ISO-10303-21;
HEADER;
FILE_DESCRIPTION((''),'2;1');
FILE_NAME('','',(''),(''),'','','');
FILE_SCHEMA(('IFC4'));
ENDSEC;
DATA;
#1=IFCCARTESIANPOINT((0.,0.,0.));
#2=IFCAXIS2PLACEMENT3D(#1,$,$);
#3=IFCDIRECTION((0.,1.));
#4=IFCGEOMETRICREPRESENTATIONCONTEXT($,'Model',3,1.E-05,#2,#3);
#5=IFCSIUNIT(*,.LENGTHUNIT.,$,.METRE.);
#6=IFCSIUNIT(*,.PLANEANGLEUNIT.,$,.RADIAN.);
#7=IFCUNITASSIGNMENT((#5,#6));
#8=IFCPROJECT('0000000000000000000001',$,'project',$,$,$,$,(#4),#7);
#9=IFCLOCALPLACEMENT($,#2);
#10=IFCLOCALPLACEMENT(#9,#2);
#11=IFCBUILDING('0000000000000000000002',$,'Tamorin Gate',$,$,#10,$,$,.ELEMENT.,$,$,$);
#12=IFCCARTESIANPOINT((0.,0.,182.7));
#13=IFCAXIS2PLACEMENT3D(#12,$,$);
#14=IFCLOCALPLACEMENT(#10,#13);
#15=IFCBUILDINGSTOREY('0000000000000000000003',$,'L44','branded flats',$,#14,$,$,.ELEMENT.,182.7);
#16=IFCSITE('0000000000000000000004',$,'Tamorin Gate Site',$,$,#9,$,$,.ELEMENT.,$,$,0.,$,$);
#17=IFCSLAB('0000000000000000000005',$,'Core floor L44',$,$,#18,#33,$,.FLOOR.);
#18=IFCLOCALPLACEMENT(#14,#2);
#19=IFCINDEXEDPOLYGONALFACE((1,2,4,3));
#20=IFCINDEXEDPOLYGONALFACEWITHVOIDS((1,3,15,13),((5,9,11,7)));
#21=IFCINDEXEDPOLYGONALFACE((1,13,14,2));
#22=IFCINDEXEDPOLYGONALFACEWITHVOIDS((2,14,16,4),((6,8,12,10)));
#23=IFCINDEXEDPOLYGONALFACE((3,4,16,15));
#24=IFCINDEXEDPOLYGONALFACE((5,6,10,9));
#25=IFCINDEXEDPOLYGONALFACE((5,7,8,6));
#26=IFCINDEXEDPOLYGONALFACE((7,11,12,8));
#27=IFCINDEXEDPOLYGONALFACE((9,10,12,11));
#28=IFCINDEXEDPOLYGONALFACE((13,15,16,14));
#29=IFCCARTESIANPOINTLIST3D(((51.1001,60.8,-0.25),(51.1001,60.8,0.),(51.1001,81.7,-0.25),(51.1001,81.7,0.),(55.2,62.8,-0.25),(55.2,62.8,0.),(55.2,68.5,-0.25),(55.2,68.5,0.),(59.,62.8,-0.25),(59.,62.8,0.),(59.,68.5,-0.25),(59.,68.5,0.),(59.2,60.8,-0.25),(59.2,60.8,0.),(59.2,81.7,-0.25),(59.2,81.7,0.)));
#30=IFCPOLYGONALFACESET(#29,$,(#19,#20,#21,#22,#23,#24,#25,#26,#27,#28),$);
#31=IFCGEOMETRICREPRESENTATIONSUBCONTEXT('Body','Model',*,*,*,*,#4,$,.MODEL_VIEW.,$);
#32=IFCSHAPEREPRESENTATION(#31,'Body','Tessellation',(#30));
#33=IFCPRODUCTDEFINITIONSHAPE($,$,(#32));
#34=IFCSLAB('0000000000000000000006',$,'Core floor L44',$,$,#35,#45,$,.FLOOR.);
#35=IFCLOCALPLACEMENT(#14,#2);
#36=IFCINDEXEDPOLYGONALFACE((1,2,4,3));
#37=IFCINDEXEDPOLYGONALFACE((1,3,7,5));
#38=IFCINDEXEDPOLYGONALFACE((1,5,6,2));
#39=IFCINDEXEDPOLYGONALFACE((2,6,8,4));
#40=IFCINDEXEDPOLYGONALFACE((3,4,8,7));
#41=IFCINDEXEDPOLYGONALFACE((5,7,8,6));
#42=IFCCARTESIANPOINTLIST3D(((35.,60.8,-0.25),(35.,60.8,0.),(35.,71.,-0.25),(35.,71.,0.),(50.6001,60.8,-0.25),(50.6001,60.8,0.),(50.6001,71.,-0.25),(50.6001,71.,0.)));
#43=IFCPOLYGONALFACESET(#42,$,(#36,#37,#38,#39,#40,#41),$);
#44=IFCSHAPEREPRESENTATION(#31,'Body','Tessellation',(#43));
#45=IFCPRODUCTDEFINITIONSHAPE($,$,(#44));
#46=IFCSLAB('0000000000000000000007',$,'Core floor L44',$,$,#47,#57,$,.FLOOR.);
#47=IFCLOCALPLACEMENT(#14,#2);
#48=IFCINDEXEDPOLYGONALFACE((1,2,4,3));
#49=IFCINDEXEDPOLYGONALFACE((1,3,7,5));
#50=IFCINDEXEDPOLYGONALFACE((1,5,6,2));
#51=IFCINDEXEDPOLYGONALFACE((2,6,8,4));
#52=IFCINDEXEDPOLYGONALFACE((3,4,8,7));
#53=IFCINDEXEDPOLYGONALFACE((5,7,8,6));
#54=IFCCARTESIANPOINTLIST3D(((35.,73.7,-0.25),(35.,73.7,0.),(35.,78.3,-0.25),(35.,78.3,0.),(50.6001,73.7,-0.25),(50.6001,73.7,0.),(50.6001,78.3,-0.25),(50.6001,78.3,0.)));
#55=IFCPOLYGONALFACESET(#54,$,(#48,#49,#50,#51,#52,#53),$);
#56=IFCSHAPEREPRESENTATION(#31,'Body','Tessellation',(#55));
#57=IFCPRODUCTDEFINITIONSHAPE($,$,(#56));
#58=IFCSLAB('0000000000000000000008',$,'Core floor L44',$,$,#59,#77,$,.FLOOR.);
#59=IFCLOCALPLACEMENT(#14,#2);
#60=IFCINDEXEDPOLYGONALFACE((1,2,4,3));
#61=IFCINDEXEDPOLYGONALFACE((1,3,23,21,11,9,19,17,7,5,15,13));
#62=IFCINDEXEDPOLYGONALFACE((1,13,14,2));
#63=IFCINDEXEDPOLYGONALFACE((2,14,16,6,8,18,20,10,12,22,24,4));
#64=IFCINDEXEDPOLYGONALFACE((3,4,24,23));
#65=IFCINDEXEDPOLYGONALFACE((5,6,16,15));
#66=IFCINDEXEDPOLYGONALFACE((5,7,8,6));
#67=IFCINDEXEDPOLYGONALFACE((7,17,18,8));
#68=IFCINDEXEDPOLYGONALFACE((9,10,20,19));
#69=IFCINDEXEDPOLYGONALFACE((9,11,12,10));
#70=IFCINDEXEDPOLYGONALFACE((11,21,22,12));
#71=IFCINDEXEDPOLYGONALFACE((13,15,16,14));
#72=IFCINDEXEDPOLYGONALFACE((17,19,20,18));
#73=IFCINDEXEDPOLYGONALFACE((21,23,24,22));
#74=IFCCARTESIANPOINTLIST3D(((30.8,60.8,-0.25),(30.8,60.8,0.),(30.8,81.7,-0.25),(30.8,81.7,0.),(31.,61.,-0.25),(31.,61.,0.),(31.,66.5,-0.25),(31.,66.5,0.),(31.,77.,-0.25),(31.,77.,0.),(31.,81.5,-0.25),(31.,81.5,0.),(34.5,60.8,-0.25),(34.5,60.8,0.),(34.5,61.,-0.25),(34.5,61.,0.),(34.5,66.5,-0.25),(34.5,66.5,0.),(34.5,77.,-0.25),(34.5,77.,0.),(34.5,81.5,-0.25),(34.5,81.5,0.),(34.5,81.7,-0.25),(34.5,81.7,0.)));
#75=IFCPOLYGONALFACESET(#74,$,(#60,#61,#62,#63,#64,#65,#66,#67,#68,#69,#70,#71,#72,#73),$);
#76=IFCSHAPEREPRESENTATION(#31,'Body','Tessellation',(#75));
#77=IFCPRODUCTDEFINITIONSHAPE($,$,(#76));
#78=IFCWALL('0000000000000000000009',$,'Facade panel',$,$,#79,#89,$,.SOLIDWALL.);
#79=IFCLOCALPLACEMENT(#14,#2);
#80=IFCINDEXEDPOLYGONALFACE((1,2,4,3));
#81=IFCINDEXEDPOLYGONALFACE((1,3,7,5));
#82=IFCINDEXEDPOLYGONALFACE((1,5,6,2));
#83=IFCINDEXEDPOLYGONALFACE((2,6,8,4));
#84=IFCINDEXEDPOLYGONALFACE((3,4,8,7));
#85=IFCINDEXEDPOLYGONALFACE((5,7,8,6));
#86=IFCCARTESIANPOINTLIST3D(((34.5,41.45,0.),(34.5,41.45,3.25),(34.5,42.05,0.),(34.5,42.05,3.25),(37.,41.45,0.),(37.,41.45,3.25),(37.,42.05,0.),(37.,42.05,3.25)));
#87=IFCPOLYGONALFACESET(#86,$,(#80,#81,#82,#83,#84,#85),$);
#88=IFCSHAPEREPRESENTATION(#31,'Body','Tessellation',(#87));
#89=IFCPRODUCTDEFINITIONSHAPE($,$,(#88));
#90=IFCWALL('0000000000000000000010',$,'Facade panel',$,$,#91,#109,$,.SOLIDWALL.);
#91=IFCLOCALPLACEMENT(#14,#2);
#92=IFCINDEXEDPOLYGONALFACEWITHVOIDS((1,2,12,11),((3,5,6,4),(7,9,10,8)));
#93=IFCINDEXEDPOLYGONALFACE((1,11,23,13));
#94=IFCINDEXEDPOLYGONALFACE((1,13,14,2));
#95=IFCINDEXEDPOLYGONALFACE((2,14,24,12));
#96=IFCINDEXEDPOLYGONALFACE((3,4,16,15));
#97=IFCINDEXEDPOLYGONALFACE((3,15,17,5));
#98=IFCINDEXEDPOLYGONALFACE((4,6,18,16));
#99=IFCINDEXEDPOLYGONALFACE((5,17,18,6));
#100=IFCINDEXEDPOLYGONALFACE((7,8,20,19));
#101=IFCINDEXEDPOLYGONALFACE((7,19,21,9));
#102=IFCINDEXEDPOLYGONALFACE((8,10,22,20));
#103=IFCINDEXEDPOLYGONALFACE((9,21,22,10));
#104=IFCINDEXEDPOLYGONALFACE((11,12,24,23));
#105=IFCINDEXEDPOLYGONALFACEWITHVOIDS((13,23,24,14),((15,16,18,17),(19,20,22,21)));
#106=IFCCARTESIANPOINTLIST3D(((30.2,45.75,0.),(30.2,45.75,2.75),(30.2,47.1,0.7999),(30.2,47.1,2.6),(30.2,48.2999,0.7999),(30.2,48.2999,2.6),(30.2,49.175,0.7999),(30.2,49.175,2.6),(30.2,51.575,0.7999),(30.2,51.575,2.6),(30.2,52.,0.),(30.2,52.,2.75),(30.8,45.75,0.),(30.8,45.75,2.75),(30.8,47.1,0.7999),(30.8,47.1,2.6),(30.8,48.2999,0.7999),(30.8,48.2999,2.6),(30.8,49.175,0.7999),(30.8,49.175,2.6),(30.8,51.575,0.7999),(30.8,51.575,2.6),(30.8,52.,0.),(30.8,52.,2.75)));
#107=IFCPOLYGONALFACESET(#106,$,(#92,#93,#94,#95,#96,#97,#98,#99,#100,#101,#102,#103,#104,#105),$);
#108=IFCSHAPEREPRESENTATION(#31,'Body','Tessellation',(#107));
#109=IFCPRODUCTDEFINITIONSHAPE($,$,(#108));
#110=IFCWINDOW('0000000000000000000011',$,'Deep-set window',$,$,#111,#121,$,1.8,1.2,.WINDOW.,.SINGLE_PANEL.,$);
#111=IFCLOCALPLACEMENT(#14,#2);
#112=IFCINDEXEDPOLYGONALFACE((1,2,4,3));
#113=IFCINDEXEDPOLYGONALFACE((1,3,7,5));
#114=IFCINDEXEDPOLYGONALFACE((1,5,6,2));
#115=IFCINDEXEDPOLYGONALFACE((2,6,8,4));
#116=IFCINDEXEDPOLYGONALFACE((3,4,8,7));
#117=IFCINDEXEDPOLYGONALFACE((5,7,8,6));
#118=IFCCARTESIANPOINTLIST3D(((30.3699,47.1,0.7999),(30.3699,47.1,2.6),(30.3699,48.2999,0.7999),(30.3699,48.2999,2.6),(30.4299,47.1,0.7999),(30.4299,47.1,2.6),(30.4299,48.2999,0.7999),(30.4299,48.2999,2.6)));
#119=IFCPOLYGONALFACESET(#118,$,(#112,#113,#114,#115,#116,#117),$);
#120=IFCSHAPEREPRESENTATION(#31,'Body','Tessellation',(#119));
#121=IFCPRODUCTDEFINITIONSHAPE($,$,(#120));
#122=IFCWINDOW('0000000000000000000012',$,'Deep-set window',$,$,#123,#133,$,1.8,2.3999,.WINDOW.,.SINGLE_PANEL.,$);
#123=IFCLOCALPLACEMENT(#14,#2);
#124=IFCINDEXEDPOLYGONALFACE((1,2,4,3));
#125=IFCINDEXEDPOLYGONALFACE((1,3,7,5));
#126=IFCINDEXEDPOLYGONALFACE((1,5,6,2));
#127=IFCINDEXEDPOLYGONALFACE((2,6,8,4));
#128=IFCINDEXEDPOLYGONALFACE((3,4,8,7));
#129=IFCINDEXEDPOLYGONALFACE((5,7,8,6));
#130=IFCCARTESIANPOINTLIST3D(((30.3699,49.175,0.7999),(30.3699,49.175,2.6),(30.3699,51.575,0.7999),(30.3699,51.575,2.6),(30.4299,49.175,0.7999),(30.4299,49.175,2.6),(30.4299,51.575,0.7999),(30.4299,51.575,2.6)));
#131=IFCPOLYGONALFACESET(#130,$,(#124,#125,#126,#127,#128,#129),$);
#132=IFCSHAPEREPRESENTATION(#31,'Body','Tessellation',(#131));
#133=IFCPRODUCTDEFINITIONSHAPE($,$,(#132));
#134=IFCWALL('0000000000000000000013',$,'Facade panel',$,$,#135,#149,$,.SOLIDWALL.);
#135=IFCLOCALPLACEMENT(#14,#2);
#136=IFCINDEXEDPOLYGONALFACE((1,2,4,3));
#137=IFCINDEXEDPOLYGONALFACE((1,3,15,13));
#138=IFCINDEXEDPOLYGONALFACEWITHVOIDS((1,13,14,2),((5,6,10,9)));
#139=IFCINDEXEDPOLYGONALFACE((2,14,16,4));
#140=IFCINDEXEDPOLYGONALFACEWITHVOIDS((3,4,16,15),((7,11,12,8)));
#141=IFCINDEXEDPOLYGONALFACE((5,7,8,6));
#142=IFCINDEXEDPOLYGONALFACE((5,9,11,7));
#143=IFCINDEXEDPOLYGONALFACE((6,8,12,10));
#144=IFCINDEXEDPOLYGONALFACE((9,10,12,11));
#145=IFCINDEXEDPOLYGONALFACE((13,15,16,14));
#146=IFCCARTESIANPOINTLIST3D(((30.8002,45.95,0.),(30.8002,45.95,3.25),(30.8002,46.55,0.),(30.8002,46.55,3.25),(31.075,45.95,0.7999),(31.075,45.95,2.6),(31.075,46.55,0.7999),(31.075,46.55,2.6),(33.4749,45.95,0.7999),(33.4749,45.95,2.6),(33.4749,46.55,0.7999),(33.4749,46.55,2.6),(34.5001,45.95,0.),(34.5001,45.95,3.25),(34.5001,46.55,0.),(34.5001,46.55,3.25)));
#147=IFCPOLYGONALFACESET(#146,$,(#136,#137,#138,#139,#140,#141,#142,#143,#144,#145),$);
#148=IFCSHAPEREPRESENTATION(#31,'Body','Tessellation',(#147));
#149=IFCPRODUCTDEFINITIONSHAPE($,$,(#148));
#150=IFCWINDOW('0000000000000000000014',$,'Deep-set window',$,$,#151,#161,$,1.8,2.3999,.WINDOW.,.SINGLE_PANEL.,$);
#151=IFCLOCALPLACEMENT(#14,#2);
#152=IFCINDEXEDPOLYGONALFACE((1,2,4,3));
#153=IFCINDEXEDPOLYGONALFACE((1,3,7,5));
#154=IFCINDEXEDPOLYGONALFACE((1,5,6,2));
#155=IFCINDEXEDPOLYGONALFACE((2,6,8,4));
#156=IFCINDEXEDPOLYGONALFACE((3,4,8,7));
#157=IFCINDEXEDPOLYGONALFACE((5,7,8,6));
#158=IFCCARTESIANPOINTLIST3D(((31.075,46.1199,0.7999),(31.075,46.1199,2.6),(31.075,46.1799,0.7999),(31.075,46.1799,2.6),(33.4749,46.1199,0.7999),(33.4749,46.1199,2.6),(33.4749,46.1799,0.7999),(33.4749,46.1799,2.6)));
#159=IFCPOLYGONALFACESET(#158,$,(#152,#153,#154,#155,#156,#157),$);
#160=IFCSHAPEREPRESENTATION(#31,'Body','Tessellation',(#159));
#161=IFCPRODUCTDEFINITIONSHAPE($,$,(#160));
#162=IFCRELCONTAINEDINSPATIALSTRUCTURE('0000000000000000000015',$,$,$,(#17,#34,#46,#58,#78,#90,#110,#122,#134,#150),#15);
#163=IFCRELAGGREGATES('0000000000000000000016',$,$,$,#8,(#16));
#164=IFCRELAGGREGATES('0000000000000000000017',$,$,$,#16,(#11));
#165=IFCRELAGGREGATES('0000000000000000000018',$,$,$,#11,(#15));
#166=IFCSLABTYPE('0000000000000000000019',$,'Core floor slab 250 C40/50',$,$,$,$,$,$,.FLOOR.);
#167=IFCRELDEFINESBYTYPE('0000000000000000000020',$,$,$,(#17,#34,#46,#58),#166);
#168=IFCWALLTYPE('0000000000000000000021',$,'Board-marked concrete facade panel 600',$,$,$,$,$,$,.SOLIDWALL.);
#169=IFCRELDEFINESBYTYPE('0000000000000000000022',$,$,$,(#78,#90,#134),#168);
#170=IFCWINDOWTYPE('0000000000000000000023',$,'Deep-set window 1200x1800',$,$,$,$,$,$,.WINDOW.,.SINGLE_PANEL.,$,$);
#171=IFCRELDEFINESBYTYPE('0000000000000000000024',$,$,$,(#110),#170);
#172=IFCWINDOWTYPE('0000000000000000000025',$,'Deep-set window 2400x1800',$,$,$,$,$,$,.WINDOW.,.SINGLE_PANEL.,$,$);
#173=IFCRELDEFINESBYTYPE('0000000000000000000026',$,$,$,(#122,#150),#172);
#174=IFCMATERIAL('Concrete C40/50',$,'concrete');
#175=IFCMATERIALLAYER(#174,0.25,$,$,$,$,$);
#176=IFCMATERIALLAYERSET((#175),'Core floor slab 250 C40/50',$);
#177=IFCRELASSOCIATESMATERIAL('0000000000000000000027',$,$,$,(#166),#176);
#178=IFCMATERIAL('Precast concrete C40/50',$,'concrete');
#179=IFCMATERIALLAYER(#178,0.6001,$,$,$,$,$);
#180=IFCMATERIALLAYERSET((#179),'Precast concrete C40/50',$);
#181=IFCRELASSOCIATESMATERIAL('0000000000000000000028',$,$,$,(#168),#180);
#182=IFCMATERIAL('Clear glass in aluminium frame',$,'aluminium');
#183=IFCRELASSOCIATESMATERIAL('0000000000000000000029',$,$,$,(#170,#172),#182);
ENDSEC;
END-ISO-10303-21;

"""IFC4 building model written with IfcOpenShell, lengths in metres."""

from ifc_helpers import new_model, si_unit, direction, frame, frame_2d, origin, place, context, subcontext, project, spatial, polyline, rectangle, outline, extrude, material, layer, layer_set, type_object, element, fill, save


model = new_model("IFC4")

# Units and contexts
model_context = context("Model", 3, precision=1e-05, world=origin(), true_north=direction((0.0, 1.0)))
body_context = subcontext(model_context, "Body", "Model", "MODEL_VIEW")
ifc_project = project(units=[si_unit("LENGTHUNIT", "METRE"), si_unit("PLANEANGLEUNIT", "RADIAN")], contexts=[model_context])

# Site, building, storey
site_placement = place(None, origin())
site = spatial("IfcSite", under=ifc_project, at=site_placement, Name="Tamorin Gate Site", CompositionType="ELEMENT", RefElevation=0.0)
building_placement = place(site_placement, origin())
building = spatial("IfcBuilding", under=site, at=building_placement, Name="Tamorin Gate", CompositionType="ELEMENT")
storey_placement = place(building_placement, frame((0.0, 0.0, 182.7)))
storey = spatial("IfcBuildingStorey", under=building, at=storey_placement, Name="L44", Description="branded flats", CompositionType="ELEMENT", Elevation=182.7)

# Slabs
ifc_material_1 = material(Name="Concrete C40/50", Category="concrete")
ifc_layer_1 = layer(ifc_material_1, 0.25)
ifc_layer_set_1 = layer_set([ifc_layer_1], Name="Core floor slab 250 C40/50")
slab_type = type_object("IfcSlabType", Name="Core floor slab 250 C40/50", PredefinedType="FLOOR", material=ifc_layer_set_1)
slab_1_placement = place(storey_placement, frame((0.0, 0.0, -0.25)))
element("IfcSlab", 1, at=slab_1_placement, inside=storey, type_object=slab_type, Name="Core floor L44", PredefinedType="FLOOR", context=body_context, shape_type="SweptSolid", body=[
    extrude(outline(polyline([(51.1001, 81.7), (59.2, 81.7), (59.2, 60.8), (51.1001, 60.8), (51.1001, 81.7)]), holes=[polyline([(55.2, 62.8), (59.0, 62.8), (59.0, 68.5), (55.2, 68.5), (55.2, 62.8)])]), origin(), (0.0, 0.0, 1.0), 0.25),
])
slab_2_placement = place(storey_placement, frame((0.0, 0.0, -0.25)))
element("IfcSlab", 2, at=slab_2_placement, inside=storey, type_object=slab_type, Name="Core floor L44", PredefinedType="FLOOR", context=body_context, shape_type="SweptSolid", body=[
    extrude(outline(polyline([(50.6001, 71.0), (50.6001, 60.8), (35.0, 60.8), (35.0, 71.0), (50.6001, 71.0)])), origin(), (0.0, 0.0, 1.0), 0.25),
])
slab_3_placement = place(storey_placement, frame((0.0, 0.0, -0.25)))
element("IfcSlab", 3, at=slab_3_placement, inside=storey, type_object=slab_type, Name="Core floor L44", PredefinedType="FLOOR", context=body_context, shape_type="SweptSolid", body=[
    extrude(outline(polyline([(50.6001, 73.7), (35.0, 73.7), (35.0, 78.3), (50.6001, 78.3), (50.6001, 73.7)])), origin(), (0.0, 0.0, 1.0), 0.25),
])
slab_4_placement = place(storey_placement, frame((0.0, 0.0, -0.25)))
element("IfcSlab", 4, at=slab_4_placement, inside=storey, type_object=slab_type, Name="Core floor L44", PredefinedType="FLOOR", context=body_context, shape_type="SweptSolid", body=[
    extrude(outline(polyline([(34.5, 60.8), (30.8, 60.8), (30.8, 81.7), (34.5, 81.7), (34.5, 81.5), (31.0, 81.5), (31.0, 77.0), (34.5, 77.0), (34.5, 66.5), (31.0, 66.5), (31.0, 61.0), (34.5, 61.0), (34.5, 60.8)])), origin(), (0.0, 0.0, 1.0), 0.25),
])

# Wall
ifc_material_2 = material(Name="Precast concrete C40/50", Category="concrete")
ifc_layer_2 = layer(ifc_material_2, 0.6001)
ifc_layer_set_2 = layer_set([ifc_layer_2], Name="Precast concrete C40/50")
wall_type = type_object("IfcWallType", Name="Board-marked concrete facade panel 600", PredefinedType="SOLIDWALL", material=ifc_layer_set_2)
wall_1_placement = place(storey_placement, frame((34.5, 41.75, 0.0), z_axis=(0.0, 0.0, 1.0), x_axis=(1.0, 0.0, 0.0)))
element("IfcWall", 5, at=wall_1_placement, inside=storey, type_object=wall_type, Name="Facade panel", PredefinedType="SOLIDWALL", context=body_context, shape_type="SweptSolid", body=[
    extrude(rectangle(XDim=2.5, YDim=0.6001, at=frame_2d((1.25, 0.0))), origin(), (0.0, 0.0, 1.0), 3.25),
])

# Wall, openings, windows
wall_2_placement = place(storey_placement, frame((30.5, 52.0, 0.0), z_axis=(0.0, 0.0, 1.0), x_axis=(0.0, -1.0, 0.0)))
wall_2 = element("IfcWall", 6, at=wall_2_placement, inside=storey, type_object=wall_type, Name="Facade panel", PredefinedType="SOLIDWALL", context=body_context, shape_type="SweptSolid", body=[
    extrude(rectangle(XDim=6.25, YDim=0.6001, at=frame_2d((3.125, 0.0))), origin(), (0.0, 0.0, 1.0), 2.75),
])
opening_1_placement = place(wall_2_placement, frame((3.7, 0.0, 0.8)))
opening_1 = element("IfcOpeningElement", 7, at=opening_1_placement, cuts=wall_2, PredefinedType="OPENING", context=body_context, shape_type="SweptSolid", body=[
    extrude(rectangle(XDim=1.2, YDim=1.8, at=frame_2d((0.6001, 0.8999))), frame((0.0, 0.3101, 0.0), z_axis=(0.0, -1.0, 0.0), x_axis=(1.0, 0.0, 0.0)), (0.0, 0.0, 1.0), 0.6201),
])
opening_2_placement = place(wall_2_placement, frame((0.425, 0.0, 0.8)))
opening_2 = element("IfcOpeningElement", 8, at=opening_2_placement, cuts=wall_2, PredefinedType="OPENING", context=body_context, shape_type="SweptSolid", body=[
    extrude(rectangle(XDim=2.3999, YDim=1.8, at=frame_2d((1.2, 0.8999))), frame((0.0, 0.3101, 0.0), z_axis=(0.0, -1.0, 0.0), x_axis=(1.0, 0.0, 0.0)), (0.0, 0.0, 1.0), 0.6201),
])
ifc_material_3 = material(Name="Clear glass in aluminium frame", Category="aluminium")
window_type_1 = type_object("IfcWindowType", Name="Deep-set window 1200x1800", PartitioningType="SINGLE_PANEL", PredefinedType="WINDOW", material=ifc_material_3)
window_1_placement = place(opening_1_placement, origin())
window_1 = element("IfcWindow", 9, at=window_1_placement, inside=storey, type_object=window_type_1, Name="Deep-set window", OverallHeight=1.8, OverallWidth=1.2, PartitioningType="SINGLE_PANEL", PredefinedType="WINDOW", context=body_context, shape_type="SweptSolid", body=[
    extrude(rectangle(XDim=1.2, YDim=1.8, at=frame_2d((0.6001, 0.8999))), frame((0.0, -0.0701, 0.0), z_axis=(0.0, -1.0, 0.0), x_axis=(1.0, 0.0, 0.0)), (0.0, 0.0, 1.0), 0.0601),
])
fill(opening_1, window_1)
window_type_2 = type_object("IfcWindowType", Name="Deep-set window 2400x1800", PartitioningType="SINGLE_PANEL", PredefinedType="WINDOW", material=ifc_material_3)
window_2_placement = place(opening_2_placement, origin())
window_2 = element("IfcWindow", 10, at=window_2_placement, inside=storey, type_object=window_type_2, Name="Deep-set window", OverallHeight=1.8, OverallWidth=2.3999, PartitioningType="SINGLE_PANEL", PredefinedType="WINDOW", context=body_context, shape_type="SweptSolid", body=[
    extrude(rectangle(XDim=2.3999, YDim=1.8, at=frame_2d((1.2, 0.8999))), frame((0.0, -0.0701, 0.0), z_axis=(0.0, -1.0, 0.0), x_axis=(1.0, 0.0, 0.0)), (0.0, 0.0, 1.0), 0.0601),
])
fill(opening_2, window_2)

# Wall, opening, window
wall_3_placement = place(storey_placement, frame((30.8, 46.25, 0.0), z_axis=(0.0, 0.0, 1.0), x_axis=(1.0, 0.0, 0.0)))
wall_3 = element("IfcWall", 11, at=wall_3_placement, inside=storey, type_object=wall_type, Name="Facade panel", PredefinedType="SOLIDWALL", context=body_context, shape_type="SweptSolid", body=[
    extrude(rectangle(XDim=3.7, YDim=0.6001, at=frame_2d((1.8501, 0.0))), origin(), (0.0, 0.0, 1.0), 3.25),
])
opening_3_placement = place(wall_3_placement, frame((0.2749, 0.0, 0.8)))
opening_3 = element("IfcOpeningElement", 12, at=opening_3_placement, cuts=wall_3, PredefinedType="OPENING", context=body_context, shape_type="SweptSolid", body=[
    extrude(rectangle(XDim=2.3999, YDim=1.8, at=frame_2d((1.2, 0.8999))), frame((0.0, 0.3101, 0.0), z_axis=(0.0, -1.0, 0.0), x_axis=(1.0, 0.0, 0.0)), (0.0, 0.0, 1.0), 0.6201),
])
window_3_placement = place(opening_3_placement, origin())
window_3 = element("IfcWindow", 13, at=window_3_placement, inside=storey, type_object=window_type_2, Name="Deep-set window", OverallHeight=1.8, OverallWidth=2.3999, PartitioningType="SINGLE_PANEL", PredefinedType="WINDOW", context=body_context, shape_type="SweptSolid", body=[
    extrude(rectangle(XDim=2.3999, YDim=1.8, at=frame_2d((1.2, 0.8999))), frame((0.0, -0.0701, 0.0), z_axis=(0.0, -1.0, 0.0), x_axis=(1.0, 0.0, 0.0)), (0.0, 0.0, 1.0), 0.0601),
])
fill(opening_3, window_3)

save(model, "model.ifc")
